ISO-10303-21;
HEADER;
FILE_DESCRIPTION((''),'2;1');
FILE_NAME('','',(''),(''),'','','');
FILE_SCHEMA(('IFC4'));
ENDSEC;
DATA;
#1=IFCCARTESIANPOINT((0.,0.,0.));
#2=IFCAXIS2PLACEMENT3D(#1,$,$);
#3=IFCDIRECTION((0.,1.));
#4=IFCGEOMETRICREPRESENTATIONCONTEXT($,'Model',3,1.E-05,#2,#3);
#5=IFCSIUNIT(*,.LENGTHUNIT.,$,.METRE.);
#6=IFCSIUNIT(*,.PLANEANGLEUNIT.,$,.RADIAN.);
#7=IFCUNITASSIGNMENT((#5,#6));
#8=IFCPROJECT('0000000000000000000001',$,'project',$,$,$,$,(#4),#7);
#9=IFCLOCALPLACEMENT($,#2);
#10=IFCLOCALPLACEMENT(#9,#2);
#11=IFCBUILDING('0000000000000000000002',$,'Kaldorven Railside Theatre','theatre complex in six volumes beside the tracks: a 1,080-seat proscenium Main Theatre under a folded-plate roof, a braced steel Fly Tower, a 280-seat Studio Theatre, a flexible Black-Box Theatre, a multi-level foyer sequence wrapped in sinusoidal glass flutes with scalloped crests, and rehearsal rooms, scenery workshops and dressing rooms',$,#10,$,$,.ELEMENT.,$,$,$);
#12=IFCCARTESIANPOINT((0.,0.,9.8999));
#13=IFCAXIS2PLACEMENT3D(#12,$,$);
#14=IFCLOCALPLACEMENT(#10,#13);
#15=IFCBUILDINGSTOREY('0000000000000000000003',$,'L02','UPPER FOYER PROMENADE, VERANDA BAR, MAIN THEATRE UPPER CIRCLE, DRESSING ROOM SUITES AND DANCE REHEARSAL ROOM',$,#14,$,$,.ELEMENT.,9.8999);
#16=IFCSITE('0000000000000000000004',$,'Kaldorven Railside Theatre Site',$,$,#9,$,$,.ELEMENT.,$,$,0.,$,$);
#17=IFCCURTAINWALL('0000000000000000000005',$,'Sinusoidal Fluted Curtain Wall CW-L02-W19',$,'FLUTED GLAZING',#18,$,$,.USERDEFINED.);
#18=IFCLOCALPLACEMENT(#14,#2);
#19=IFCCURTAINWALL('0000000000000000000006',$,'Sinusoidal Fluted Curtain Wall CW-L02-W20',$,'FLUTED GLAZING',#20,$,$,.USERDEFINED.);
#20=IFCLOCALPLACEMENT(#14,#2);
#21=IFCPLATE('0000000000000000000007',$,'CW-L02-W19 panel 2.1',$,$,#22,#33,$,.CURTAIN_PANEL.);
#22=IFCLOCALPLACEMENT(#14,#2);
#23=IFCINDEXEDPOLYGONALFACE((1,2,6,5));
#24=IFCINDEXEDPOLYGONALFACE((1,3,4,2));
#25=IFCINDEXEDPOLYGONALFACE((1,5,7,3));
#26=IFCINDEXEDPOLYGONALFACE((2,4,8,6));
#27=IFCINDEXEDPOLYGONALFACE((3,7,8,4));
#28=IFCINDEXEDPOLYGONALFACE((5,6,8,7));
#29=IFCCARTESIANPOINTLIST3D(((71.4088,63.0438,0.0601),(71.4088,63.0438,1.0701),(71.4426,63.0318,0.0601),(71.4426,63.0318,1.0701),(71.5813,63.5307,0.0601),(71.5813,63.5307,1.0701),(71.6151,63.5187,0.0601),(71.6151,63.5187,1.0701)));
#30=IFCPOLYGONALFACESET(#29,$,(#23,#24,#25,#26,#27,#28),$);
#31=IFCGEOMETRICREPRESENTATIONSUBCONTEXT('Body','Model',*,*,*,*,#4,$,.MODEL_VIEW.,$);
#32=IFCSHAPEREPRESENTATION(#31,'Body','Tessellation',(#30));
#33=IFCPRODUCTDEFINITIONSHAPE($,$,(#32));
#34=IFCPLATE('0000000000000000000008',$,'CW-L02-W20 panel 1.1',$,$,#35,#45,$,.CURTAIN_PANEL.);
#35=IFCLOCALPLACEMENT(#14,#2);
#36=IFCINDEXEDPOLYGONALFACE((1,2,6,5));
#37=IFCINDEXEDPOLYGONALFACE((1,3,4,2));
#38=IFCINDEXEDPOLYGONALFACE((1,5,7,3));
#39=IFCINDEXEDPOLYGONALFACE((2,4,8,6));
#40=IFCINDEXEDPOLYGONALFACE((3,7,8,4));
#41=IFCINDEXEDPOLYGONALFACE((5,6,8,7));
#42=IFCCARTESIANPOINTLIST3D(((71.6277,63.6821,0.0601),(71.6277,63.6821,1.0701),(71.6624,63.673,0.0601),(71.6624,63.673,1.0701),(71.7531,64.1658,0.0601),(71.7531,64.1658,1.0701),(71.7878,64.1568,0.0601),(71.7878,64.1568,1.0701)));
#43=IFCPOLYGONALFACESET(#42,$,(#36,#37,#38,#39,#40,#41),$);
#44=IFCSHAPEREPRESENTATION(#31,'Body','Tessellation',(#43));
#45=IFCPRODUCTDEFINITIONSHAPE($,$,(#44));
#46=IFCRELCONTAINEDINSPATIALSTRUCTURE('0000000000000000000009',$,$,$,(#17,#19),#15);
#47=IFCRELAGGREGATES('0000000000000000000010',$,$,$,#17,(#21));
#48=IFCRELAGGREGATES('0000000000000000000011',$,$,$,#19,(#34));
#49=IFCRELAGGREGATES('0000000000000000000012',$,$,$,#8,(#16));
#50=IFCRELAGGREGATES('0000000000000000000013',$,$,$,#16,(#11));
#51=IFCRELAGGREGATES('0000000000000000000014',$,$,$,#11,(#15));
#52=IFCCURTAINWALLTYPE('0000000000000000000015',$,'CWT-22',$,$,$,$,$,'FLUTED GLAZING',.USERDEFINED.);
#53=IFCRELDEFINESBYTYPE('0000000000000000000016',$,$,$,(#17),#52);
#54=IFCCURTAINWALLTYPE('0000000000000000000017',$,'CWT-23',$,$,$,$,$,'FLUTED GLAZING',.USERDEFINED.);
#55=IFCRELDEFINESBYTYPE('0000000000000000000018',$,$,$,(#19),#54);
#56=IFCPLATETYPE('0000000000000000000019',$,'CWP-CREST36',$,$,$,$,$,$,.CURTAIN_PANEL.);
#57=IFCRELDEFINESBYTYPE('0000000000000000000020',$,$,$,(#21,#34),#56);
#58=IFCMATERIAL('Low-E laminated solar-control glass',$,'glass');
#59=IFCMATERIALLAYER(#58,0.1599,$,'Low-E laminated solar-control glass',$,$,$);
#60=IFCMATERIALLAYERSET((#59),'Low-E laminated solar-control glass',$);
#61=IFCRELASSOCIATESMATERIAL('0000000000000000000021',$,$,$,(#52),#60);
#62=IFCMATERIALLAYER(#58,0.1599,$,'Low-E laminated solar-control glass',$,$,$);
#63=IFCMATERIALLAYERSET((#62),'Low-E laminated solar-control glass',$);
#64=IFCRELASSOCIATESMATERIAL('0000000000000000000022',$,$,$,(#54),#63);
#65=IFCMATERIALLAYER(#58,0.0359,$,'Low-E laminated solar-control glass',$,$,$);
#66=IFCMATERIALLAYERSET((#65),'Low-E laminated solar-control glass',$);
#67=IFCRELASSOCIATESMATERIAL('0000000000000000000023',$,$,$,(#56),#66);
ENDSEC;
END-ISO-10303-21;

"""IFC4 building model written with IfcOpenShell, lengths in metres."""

from ifc_helpers import new_model, si_unit, direction, frame, origin, origin_2d, place, context, subcontext, project, spatial, rectangle, extrude, material, layer, layer_set, type_object, element, aggregate, save


model = new_model("IFC4")

# Units and contexts
model_context = context("Model", 3, precision=1e-05, world=origin(), true_north=direction((0.0, 1.0)))
body_context = subcontext(model_context, "Body", "Model", "MODEL_VIEW")
ifc_project = project(units=[si_unit("LENGTHUNIT", "METRE"), si_unit("PLANEANGLEUNIT", "RADIAN")], contexts=[model_context])

# Site, building, storey
site_placement = place(None, origin())
site = spatial("IfcSite", under=ifc_project, at=site_placement, Name="Kaldorven Railside Theatre Site", CompositionType="ELEMENT", RefElevation=0.0)
building_placement = place(site_placement, origin())
building = spatial("IfcBuilding", under=site, at=building_placement, Name="Kaldorven Railside Theatre", Description="theatre complex in six volumes beside the tracks: a 1,080-seat proscenium Main Theatre under a folded-plate roof, a braced steel Fly Tower, a 280-seat Studio Theatre, a flexible Black-Box Theatre, a multi-level foyer sequence wrapped in sinusoidal glass flutes with scalloped crests, and rehearsal rooms, scenery workshops and dressing rooms", CompositionType="ELEMENT")
storey_placement = place(building_placement, frame((0.0, 0.0, 9.8999)))
storey = spatial("IfcBuildingStorey", under=building, at=storey_placement, Name="L02", Description="UPPER FOYER PROMENADE, VERANDA BAR, MAIN THEATRE UPPER CIRCLE, DRESSING ROOM SUITES AND DANCE REHEARSAL ROOM", CompositionType="ELEMENT", Elevation=9.8999)

# Curtain walls
ifc_material_1 = material(Name="Low-E laminated solar-control glass", Category="glass")
ifc_layer_1 = layer(ifc_material_1, 0.1599, Name="Low-E laminated solar-control glass")
ifc_layer_set_1 = layer_set([ifc_layer_1], Name="Low-E laminated solar-control glass")
curtain_wall_type_1 = type_object("IfcCurtainWallType", Name="CWT-22", ElementType="FLUTED GLAZING", PredefinedType="USERDEFINED", material=ifc_layer_set_1)
curtain_wall_1_placement = place(storey_placement, origin())
curtain_wall_1 = element("IfcCurtainWall", 1, at=curtain_wall_1_placement, inside=storey, type_object=curtain_wall_type_1, Name="Sinusoidal Fluted Curtain Wall CW-L02-W19", ObjectType="FLUTED GLAZING", PredefinedType="USERDEFINED")
ifc_layer_2 = layer(ifc_material_1, 0.1599, Name="Low-E laminated solar-control glass")
ifc_layer_set_2 = layer_set([ifc_layer_2], Name="Low-E laminated solar-control glass")
curtain_wall_type_2 = type_object("IfcCurtainWallType", Name="CWT-23", ElementType="FLUTED GLAZING", PredefinedType="USERDEFINED", material=ifc_layer_set_2)
curtain_wall_2_placement = place(storey_placement, origin())
curtain_wall_2 = element("IfcCurtainWall", 2, at=curtain_wall_2_placement, inside=storey, type_object=curtain_wall_type_2, Name="Sinusoidal Fluted Curtain Wall CW-L02-W20", ObjectType="FLUTED GLAZING", PredefinedType="USERDEFINED")

# Plates
ifc_layer_3 = layer(ifc_material_1, 0.0359, Name="Low-E laminated solar-control glass")
ifc_layer_set_3 = layer_set([ifc_layer_3], Name="Low-E laminated solar-control glass")
plate_type = type_object("IfcPlateType", Name="CWP-CREST36", PredefinedType="CURTAIN_PANEL", material=ifc_layer_set_3)
plate_1_placement = place(storey_placement, frame((71.512, 63.2812, 0.0601), z_axis=(0.0, 0.0, 1.0), x_axis=(0.333847, 0.942627, 0.0)))
plate_1 = element("IfcPlate", 3, at=plate_1_placement, type_object=plate_type, Name="CW-L02-W19 panel 2.1", PredefinedType="CURTAIN_PANEL", context=body_context, shape_type="SweptSolid", body=[
    extrude(rectangle(XDim=0.5166, YDim=0.0359, at=origin_2d()), origin(), (0.0, 0.0, 1.0), 1.01),
])
aggregate(curtain_wall_1, [plate_1])
plate_2_placement = place(storey_placement, frame((71.7078, 63.9194, 0.0601), z_axis=(0.0, 0.0, 1.0), x_axis=(0.250954, 0.967999, 0.0)))
plate_2 = element("IfcPlate", 4, at=plate_2_placement, type_object=plate_type, Name="CW-L02-W20 panel 1.1", PredefinedType="CURTAIN_PANEL", context=body_context, shape_type="SweptSolid", body=[
    extrude(rectangle(XDim=0.4998, YDim=0.0359, at=origin_2d()), origin(), (0.0, 0.0, 1.0), 1.01),
])
aggregate(curtain_wall_2, [plate_2])

save(model, "model.ifc")
